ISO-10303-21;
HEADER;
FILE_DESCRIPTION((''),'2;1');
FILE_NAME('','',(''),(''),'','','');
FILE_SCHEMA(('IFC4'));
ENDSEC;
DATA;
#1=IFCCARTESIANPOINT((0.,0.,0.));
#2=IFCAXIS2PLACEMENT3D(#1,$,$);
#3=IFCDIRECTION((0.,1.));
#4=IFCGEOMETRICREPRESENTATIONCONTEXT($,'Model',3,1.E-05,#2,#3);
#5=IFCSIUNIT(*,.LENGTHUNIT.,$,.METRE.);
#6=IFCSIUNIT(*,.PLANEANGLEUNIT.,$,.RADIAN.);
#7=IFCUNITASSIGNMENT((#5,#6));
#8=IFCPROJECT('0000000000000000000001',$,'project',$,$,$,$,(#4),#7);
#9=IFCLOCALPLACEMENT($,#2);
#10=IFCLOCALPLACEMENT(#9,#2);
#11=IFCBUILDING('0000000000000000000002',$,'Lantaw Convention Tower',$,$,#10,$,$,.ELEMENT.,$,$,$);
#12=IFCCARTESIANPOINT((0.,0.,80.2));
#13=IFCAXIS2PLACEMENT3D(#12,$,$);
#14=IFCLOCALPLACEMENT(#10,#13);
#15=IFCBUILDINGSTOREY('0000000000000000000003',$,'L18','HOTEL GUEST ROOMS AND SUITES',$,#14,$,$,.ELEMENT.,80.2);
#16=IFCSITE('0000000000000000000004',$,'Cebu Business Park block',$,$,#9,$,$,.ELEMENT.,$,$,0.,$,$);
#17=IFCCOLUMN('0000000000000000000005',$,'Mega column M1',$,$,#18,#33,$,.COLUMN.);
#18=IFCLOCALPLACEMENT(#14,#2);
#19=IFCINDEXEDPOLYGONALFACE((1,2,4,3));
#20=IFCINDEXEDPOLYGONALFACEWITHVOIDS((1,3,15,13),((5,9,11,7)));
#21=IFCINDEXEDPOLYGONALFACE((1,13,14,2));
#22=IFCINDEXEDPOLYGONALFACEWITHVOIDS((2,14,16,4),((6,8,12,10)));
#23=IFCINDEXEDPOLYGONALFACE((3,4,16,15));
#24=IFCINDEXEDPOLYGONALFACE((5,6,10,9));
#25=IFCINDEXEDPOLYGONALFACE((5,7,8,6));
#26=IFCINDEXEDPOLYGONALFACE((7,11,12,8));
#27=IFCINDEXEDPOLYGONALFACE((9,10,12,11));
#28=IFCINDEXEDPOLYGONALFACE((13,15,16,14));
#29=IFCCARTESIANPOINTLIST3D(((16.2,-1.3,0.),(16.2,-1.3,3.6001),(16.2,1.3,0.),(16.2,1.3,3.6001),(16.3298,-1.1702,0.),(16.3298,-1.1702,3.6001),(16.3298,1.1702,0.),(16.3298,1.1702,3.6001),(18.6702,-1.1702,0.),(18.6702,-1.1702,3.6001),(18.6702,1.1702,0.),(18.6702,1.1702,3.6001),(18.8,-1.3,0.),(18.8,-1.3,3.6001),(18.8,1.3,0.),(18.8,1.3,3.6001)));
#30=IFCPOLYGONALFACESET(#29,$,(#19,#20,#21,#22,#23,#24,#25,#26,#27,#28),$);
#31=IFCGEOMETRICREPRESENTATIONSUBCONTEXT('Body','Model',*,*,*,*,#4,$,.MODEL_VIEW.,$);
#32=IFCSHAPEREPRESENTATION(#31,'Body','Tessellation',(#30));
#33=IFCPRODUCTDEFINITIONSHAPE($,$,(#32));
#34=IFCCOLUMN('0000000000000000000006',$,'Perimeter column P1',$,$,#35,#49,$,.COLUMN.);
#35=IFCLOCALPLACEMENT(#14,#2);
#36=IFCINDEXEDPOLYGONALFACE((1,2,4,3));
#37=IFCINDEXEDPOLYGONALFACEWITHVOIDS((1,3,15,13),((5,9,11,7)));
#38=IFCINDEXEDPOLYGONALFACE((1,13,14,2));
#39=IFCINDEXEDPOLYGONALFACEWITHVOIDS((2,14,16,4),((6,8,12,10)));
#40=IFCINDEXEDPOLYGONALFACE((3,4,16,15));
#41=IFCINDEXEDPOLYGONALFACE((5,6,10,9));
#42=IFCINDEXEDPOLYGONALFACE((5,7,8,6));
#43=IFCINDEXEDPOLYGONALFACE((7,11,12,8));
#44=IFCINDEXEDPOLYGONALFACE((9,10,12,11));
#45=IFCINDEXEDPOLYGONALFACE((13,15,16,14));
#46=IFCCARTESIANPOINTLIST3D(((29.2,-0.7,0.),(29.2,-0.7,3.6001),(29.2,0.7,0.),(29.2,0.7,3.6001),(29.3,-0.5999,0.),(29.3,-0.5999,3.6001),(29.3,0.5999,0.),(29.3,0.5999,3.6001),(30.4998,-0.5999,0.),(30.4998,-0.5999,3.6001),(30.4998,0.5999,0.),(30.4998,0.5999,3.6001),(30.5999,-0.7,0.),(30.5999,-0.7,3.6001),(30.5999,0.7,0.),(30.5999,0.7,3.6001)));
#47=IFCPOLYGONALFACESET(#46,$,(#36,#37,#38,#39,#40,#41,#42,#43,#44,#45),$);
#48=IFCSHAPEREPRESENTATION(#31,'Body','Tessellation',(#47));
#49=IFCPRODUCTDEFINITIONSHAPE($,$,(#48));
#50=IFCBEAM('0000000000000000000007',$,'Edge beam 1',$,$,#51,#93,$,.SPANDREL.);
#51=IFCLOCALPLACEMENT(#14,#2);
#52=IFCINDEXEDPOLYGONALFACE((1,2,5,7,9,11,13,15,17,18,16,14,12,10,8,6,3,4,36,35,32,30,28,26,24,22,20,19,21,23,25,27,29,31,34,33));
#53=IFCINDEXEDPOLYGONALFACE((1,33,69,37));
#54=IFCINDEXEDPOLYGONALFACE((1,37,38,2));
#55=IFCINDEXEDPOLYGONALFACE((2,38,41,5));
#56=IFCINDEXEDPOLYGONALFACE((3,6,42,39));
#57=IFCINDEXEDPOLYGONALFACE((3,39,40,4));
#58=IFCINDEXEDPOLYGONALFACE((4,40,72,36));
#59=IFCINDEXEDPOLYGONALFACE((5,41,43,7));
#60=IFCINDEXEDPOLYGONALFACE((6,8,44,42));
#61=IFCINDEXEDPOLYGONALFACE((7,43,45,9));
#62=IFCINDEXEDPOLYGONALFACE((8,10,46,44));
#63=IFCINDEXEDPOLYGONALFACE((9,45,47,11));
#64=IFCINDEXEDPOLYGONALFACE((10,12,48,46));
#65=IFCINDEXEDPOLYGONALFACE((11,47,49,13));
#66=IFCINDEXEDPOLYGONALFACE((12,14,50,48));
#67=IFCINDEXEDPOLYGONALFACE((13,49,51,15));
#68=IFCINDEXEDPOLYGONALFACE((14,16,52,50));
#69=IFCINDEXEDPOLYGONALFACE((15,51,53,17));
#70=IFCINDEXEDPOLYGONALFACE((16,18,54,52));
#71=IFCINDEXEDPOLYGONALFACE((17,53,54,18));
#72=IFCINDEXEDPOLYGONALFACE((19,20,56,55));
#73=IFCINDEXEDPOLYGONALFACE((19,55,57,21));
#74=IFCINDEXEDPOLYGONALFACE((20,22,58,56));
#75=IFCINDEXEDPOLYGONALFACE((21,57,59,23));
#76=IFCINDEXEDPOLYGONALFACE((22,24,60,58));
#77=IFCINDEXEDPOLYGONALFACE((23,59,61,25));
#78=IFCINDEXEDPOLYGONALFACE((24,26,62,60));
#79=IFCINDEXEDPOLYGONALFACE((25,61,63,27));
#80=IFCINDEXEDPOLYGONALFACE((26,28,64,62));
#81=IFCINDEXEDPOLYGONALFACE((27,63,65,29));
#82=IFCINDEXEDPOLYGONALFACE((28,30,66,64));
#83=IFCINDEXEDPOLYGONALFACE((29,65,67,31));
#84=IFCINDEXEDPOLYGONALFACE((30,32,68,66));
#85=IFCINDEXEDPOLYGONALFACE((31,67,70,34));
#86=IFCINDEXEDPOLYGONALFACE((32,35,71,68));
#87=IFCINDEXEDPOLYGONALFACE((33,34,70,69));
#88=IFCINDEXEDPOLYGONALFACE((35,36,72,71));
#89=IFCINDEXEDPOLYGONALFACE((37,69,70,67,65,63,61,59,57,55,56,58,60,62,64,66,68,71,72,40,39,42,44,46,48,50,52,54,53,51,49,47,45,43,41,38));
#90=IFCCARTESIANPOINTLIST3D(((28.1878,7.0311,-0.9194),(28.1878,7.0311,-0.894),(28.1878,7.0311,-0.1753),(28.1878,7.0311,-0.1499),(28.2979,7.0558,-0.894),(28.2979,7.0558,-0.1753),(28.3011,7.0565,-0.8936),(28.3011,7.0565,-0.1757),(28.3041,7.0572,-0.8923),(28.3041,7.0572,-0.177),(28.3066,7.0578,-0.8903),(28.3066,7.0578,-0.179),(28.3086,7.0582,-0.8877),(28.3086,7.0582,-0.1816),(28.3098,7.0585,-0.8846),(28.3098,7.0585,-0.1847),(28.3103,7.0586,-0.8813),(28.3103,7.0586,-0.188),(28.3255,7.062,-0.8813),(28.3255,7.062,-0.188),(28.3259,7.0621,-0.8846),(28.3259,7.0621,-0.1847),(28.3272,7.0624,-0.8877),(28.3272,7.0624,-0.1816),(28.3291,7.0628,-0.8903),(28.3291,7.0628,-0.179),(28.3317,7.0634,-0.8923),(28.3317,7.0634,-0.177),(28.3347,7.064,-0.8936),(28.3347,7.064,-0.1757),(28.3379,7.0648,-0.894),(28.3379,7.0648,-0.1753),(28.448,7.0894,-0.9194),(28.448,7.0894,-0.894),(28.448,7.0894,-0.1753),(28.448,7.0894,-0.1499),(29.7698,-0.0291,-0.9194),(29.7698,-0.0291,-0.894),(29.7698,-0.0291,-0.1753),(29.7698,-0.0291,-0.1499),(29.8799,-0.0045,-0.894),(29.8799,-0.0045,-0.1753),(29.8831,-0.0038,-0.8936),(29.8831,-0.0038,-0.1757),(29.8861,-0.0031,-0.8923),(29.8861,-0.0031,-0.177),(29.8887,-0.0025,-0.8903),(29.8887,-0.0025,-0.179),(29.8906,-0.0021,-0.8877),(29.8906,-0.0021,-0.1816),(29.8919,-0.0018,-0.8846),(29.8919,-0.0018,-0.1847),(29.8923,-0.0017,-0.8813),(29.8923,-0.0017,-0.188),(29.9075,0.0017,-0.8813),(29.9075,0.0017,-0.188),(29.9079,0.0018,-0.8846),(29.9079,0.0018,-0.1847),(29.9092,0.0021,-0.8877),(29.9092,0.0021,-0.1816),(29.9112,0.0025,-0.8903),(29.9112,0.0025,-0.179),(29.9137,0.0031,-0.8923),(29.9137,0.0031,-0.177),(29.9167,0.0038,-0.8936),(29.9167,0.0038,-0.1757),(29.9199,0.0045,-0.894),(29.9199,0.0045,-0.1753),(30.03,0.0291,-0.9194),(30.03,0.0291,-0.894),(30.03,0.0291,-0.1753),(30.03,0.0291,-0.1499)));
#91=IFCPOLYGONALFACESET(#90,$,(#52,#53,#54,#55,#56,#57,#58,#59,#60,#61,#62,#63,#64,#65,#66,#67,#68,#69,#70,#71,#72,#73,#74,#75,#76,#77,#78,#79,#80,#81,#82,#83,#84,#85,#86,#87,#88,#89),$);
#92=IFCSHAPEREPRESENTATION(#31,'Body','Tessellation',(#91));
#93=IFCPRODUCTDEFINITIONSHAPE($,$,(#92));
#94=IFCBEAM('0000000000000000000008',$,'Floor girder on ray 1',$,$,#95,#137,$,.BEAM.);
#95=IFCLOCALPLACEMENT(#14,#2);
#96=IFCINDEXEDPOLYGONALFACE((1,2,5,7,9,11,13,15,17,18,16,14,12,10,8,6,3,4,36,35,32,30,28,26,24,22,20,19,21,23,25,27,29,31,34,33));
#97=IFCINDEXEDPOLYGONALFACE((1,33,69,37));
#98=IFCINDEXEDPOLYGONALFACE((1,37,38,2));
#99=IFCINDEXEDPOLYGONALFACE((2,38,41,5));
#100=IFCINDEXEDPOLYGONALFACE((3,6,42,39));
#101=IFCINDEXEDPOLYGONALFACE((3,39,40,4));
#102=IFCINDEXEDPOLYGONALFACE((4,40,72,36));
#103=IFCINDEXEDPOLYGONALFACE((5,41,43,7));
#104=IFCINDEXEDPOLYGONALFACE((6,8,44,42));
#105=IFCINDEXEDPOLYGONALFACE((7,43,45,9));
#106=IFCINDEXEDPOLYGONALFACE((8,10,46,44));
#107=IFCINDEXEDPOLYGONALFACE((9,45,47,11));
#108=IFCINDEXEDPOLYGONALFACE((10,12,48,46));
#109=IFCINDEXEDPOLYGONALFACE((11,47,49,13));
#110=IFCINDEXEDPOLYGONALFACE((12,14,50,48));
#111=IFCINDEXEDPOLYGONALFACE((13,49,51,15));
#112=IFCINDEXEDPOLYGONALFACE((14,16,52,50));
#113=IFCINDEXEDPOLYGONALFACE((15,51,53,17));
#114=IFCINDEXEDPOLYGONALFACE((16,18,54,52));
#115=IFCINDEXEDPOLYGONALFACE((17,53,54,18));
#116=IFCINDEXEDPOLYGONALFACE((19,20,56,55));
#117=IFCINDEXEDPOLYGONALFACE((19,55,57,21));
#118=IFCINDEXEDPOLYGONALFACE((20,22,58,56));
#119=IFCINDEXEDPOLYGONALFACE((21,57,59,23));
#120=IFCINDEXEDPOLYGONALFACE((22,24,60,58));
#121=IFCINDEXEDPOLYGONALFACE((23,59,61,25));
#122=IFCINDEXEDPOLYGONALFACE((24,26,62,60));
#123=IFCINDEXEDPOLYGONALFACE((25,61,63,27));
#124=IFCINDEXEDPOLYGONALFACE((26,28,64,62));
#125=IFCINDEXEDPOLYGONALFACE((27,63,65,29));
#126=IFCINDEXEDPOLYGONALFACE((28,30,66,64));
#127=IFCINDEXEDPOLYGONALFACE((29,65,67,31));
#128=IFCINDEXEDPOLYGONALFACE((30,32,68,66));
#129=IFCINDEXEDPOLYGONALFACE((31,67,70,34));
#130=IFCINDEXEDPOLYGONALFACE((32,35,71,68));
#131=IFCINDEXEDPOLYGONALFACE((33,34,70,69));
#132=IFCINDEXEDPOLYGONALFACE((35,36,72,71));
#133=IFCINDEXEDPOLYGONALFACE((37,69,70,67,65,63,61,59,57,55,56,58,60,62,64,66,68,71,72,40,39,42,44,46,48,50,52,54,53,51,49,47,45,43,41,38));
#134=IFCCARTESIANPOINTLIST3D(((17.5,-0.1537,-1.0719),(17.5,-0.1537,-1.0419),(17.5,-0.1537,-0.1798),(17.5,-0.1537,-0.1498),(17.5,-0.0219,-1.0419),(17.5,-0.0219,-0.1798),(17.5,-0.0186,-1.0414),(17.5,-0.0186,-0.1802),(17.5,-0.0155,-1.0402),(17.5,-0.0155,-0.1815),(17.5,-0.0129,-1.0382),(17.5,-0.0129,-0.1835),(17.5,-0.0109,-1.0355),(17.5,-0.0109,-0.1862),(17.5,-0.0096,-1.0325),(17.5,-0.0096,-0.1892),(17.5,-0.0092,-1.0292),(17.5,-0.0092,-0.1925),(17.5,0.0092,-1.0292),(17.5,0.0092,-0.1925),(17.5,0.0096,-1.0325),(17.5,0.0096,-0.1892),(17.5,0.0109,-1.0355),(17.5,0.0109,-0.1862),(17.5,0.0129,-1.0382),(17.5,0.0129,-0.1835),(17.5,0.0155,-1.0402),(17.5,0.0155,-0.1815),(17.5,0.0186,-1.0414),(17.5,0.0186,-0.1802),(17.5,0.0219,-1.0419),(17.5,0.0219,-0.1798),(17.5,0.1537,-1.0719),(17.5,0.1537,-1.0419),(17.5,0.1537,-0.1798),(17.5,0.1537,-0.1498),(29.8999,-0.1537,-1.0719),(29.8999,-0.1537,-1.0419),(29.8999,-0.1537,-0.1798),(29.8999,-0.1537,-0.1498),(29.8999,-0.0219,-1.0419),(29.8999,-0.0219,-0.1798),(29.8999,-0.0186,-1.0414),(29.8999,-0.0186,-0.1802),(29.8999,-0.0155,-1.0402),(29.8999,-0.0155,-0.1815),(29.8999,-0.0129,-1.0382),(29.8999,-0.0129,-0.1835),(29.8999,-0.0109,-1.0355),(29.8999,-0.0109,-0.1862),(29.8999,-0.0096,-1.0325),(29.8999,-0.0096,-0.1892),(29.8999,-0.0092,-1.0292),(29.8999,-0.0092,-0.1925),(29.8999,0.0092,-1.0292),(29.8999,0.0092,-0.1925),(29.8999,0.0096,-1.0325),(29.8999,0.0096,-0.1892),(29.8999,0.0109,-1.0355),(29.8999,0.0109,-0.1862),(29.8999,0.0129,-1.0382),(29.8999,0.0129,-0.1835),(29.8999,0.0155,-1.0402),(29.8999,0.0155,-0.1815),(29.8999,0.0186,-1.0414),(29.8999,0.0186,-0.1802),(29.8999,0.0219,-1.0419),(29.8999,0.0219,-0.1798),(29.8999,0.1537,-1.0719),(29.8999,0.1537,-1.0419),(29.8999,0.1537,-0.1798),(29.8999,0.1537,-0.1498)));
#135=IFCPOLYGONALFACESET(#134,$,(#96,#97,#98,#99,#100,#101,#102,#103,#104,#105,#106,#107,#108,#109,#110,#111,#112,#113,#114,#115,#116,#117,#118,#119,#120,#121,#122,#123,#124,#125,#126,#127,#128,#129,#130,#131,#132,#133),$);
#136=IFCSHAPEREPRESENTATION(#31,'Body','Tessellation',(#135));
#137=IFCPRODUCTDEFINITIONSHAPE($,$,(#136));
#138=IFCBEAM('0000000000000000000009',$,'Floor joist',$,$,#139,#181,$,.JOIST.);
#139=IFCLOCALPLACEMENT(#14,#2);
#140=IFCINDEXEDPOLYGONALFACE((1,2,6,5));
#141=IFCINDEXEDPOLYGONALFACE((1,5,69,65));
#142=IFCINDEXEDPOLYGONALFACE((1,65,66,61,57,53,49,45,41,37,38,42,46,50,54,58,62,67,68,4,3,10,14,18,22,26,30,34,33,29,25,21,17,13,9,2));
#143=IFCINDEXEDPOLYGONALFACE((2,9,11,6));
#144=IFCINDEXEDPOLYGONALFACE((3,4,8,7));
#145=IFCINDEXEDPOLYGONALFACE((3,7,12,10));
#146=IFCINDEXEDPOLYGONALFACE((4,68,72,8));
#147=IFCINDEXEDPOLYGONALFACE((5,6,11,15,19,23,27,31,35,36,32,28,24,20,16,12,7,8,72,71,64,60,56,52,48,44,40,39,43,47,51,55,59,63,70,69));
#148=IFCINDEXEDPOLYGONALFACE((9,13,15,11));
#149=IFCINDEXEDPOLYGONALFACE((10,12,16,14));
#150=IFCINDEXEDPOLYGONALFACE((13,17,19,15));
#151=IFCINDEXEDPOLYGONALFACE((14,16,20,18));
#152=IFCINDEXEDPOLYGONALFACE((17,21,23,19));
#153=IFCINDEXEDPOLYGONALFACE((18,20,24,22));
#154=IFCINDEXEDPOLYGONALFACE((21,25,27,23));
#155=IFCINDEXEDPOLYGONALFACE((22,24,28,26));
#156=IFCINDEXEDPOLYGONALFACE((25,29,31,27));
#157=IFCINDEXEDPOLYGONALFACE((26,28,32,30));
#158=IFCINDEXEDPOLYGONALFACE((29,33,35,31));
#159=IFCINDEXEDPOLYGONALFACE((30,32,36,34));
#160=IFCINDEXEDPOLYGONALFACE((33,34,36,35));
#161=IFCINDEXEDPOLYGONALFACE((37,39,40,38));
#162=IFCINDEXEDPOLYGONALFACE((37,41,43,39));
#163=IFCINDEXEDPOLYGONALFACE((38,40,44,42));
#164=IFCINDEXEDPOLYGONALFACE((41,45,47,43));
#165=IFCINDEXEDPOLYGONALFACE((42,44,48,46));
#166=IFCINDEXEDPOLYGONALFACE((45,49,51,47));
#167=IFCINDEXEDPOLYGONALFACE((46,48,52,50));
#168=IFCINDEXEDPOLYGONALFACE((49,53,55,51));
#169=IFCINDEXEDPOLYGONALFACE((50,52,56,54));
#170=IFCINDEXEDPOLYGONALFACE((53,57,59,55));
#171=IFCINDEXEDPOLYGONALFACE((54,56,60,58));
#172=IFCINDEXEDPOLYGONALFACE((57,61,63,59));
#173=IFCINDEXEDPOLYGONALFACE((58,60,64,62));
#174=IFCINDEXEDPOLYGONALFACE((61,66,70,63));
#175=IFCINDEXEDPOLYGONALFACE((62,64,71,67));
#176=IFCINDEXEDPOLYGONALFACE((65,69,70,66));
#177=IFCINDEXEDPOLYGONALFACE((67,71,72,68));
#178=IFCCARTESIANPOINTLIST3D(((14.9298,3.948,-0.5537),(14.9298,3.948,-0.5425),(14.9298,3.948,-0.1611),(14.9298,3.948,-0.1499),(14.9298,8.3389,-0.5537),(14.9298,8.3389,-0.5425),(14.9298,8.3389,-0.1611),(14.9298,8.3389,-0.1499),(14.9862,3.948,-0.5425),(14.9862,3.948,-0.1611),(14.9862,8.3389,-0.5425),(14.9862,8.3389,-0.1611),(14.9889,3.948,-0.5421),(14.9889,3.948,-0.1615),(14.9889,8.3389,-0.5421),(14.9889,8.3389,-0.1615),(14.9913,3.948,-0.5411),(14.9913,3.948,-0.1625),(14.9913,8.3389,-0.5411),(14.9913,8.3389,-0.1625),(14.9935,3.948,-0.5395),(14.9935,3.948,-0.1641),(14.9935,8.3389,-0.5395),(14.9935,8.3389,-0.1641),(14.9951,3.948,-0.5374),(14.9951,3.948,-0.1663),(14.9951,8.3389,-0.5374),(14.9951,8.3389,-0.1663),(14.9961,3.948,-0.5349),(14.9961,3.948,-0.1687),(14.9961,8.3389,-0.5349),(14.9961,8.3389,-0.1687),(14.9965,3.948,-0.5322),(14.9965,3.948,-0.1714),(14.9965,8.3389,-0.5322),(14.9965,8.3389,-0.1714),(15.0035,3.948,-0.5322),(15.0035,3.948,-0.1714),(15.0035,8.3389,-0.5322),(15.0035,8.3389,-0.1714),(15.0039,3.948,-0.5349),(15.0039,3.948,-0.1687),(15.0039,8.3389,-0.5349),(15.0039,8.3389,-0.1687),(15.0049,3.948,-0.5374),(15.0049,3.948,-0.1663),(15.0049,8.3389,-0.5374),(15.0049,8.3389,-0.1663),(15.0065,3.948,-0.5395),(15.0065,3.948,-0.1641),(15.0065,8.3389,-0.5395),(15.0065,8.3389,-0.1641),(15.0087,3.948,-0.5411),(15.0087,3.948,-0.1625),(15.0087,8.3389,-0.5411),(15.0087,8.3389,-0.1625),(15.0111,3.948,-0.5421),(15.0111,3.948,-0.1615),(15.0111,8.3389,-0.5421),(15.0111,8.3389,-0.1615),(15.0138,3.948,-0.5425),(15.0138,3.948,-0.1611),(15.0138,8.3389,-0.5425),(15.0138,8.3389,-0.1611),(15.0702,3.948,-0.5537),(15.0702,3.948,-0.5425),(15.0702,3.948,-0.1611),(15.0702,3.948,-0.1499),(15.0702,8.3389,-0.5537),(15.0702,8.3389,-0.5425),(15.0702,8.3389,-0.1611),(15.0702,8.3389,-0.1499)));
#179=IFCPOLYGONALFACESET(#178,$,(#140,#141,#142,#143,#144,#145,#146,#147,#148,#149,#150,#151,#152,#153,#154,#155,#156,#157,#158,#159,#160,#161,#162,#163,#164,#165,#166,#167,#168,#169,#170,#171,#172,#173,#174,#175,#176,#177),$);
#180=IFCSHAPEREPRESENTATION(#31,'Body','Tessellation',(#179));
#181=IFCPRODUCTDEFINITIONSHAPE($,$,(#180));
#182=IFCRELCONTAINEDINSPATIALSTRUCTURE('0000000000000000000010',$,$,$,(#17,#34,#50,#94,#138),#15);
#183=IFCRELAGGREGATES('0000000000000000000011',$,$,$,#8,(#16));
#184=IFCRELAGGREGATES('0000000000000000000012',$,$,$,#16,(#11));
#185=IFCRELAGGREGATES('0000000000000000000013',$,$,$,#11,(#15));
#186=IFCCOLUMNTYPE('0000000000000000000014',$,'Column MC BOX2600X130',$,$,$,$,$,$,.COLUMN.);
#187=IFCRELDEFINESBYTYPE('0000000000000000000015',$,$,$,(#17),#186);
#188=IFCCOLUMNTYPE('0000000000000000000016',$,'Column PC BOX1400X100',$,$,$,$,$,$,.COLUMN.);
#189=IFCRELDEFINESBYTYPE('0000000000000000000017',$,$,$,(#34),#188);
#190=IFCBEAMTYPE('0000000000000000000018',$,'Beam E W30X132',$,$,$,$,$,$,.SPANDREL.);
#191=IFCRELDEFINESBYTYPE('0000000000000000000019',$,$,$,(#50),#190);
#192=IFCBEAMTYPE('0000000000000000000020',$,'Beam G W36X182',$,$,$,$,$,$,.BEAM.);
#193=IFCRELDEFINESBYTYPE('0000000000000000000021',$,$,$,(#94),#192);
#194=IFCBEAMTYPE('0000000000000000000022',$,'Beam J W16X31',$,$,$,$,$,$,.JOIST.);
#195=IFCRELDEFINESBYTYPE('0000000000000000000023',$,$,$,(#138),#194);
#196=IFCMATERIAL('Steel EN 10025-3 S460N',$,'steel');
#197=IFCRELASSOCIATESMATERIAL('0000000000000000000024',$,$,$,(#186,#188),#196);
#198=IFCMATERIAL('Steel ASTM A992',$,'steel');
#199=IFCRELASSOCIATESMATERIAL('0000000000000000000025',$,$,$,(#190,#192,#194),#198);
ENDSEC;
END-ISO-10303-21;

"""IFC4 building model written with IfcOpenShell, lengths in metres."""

from ifc_helpers import new_model, si_unit, direction, frame, origin, origin_2d, place, context, subcontext, project, spatial, rectangle, hollow_rectangle, i_section, extrude, material, material_profile, profile_set, type_object, element, save


model = new_model("IFC4")

# Units and contexts
model_context = context("Model", 3, precision=1e-05, world=origin(), true_north=direction((0.0, 1.0)))
body_context = subcontext(model_context, "Body", "Model", "MODEL_VIEW")
ifc_project = project(units=[si_unit("LENGTHUNIT", "METRE"), si_unit("PLANEANGLEUNIT", "RADIAN")], contexts=[model_context])

# Site, building, storey
site_placement = place(None, origin())
site = spatial("IfcSite", under=ifc_project, at=site_placement, Name="Cebu Business Park block", CompositionType="ELEMENT", RefElevation=0.0)
building_placement = place(site_placement, origin())
building = spatial("IfcBuilding", under=site, at=building_placement, Name="Lantaw Convention Tower", CompositionType="ELEMENT")
storey_placement = place(building_placement, frame((0.0, 0.0, 80.2)))
storey = spatial("IfcBuildingStorey", under=building, at=storey_placement, Name="L18", Description="HOTEL GUEST ROOMS AND SUITES", CompositionType="ELEMENT", Elevation=80.2)

# Columns
ifc_material_1 = material(Name="Steel EN 10025-3 S460N", Category="steel")
ifc_material_profile_1 = material_profile(ifc_material_1, hollow_rectangle(XDim=2.6001, YDim=2.6001, WallThickness=0.1299, at=origin_2d()), Name="BOX2600X130")
ifc_material_2 = material(Name="Concrete C60/75", Category="concrete")
ifc_material_profile_2 = material_profile(ifc_material_2, rectangle(XDim=2.3401, YDim=2.3401, at=origin_2d()), Name="Concrete fill of BOX2600X130")
ifc_profile_set_1 = profile_set([ifc_material_profile_1, ifc_material_profile_2], Name="Steel EN 10025-3 S460N")
column_type_1 = type_object("IfcColumnType", Name="Column MC BOX2600X130", PredefinedType="COLUMN", material=ifc_profile_set_1)
column_1_placement = place(storey_placement, frame((17.5, 0.0, 0.0), z_axis=(0.0, 0.0, 1.0), x_axis=(1.0, 0.0, 0.0)))
element("IfcColumn", 1, at=column_1_placement, inside=storey, type_object=column_type_1, Name="Mega column M1", PredefinedType="COLUMN", context=body_context, shape_type="SweptSolid", body=[
    extrude(hollow_rectangle(XDim=2.6001, YDim=2.6001, WallThickness=0.1299, at=origin_2d()), origin(), (0.0, 0.0, 1.0), 3.6001),
])
ifc_material_profile_3 = material_profile(ifc_material_1, hollow_rectangle(XDim=1.3999, YDim=1.3999, WallThickness=0.1001, at=origin_2d()), Name="BOX1400X100")
ifc_material_profile_4 = material_profile(ifc_material_2, rectangle(XDim=1.2, YDim=1.2, at=origin_2d()), Name="Concrete fill of BOX1400X100")
ifc_profile_set_2 = profile_set([ifc_material_profile_3, ifc_material_profile_4], Name="Steel EN 10025-3 S460N")
column_type_2 = type_object("IfcColumnType", Name="Column PC BOX1400X100", PredefinedType="COLUMN", material=ifc_profile_set_2)
column_2_placement = place(storey_placement, frame((29.8999, 0.0, 0.0), z_axis=(0.0, 0.0, 1.0), x_axis=(1.0, 0.0, 0.0)))
element("IfcColumn", 2, at=column_2_placement, inside=storey, type_object=column_type_2, Name="Perimeter column P1", PredefinedType="COLUMN", context=body_context, shape_type="SweptSolid", body=[
    extrude(hollow_rectangle(XDim=1.3999, YDim=1.3999, WallThickness=0.1001, at=origin_2d()), origin(), (0.0, 0.0, 1.0), 3.6001),
])

# Beams
ifc_material_3 = material(Name="Steel ASTM A992", Category="steel")
ifc_material_profile_5 = material_profile(ifc_material_3, i_section(OverallWidth=0.2666, OverallDepth=0.7695, WebThickness=0.0156, FlangeThickness=0.0254, FilletRadius=0.0127, at=origin_2d()), Name="W30X132")
ifc_profile_set_3 = profile_set([ifc_material_profile_5], Name="Steel ASTM A992")
beam_type_1 = type_object("IfcBeamType", Name="Beam E W30X132", PredefinedType="SPANDREL", material=ifc_profile_set_3)
beam_1_placement = place(storey_placement, frame((29.8999, 0.0, -0.5347), z_axis=(-0.218652, 0.975803, 0.0), x_axis=(-0.975803, -0.218652, 0.0)))
element("IfcBeam", 3, at=beam_1_placement, inside=storey, type_object=beam_type_1, Name="Edge beam 1", PredefinedType="SPANDREL", context=body_context, shape_type="SweptSolid", body=[
    extrude(i_section(OverallWidth=0.2666, OverallDepth=0.7695, WebThickness=0.0156, FlangeThickness=0.0254, FilletRadius=0.0127, at=origin_2d()), origin(), (0.0, 0.0, 1.0), 7.2354),
])
ifc_material_profile_6 = material_profile(ifc_material_3, i_section(OverallWidth=0.3074, OverallDepth=0.9221, WebThickness=0.0183, FlangeThickness=0.03, FilletRadius=0.0127, at=origin_2d()), Name="W36X182")
ifc_profile_set_4 = profile_set([ifc_material_profile_6], Name="Steel ASTM A992")
beam_type_2 = type_object("IfcBeamType", Name="Beam G W36X182", PredefinedType="BEAM", material=ifc_profile_set_4)
beam_2_placement = place(storey_placement, frame((17.5, 0.0, -0.6108), z_axis=(1.0, 0.0, 0.0), x_axis=(0.0, 1.0, 0.0)))
element("IfcBeam", 4, at=beam_2_placement, inside=storey, type_object=beam_type_2, Name="Floor girder on ray 1", PredefinedType="BEAM", context=body_context, shape_type="SweptSolid", body=[
    extrude(i_section(OverallWidth=0.3074, OverallDepth=0.9221, WebThickness=0.0183, FlangeThickness=0.03, FilletRadius=0.0127, at=origin_2d()), origin(), (0.0, 0.0, 1.0), 12.3999),
])
ifc_material_profile_7 = material_profile(ifc_material_3, i_section(OverallWidth=0.1404, OverallDepth=0.4038, WebThickness=0.0071, FlangeThickness=0.0112, FilletRadius=0.0103, at=origin_2d()), Name="W16X31")
ifc_profile_set_5 = profile_set([ifc_material_profile_7], Name="Steel ASTM A992")
beam_type_3 = type_object("IfcBeamType", Name="Beam J W16X31", PredefinedType="JOIST", material=ifc_profile_set_5)
beam_3_placement = place(storey_placement, frame((15.0, 3.948, -0.3518), z_axis=(0.0, 1.0, 0.0), x_axis=(-1.0, 0.0, 0.0)))
element("IfcBeam", 5, at=beam_3_placement, inside=storey, type_object=beam_type_3, Name="Floor joist", PredefinedType="JOIST", context=body_context, shape_type="SweptSolid", body=[
    extrude(i_section(OverallWidth=0.1404, OverallDepth=0.4038, WebThickness=0.0071, FlangeThickness=0.0112, FilletRadius=0.0103, at=origin_2d()), origin(), (0.0, 0.0, 1.0), 4.3909),
])

save(model, "model.ifc")
